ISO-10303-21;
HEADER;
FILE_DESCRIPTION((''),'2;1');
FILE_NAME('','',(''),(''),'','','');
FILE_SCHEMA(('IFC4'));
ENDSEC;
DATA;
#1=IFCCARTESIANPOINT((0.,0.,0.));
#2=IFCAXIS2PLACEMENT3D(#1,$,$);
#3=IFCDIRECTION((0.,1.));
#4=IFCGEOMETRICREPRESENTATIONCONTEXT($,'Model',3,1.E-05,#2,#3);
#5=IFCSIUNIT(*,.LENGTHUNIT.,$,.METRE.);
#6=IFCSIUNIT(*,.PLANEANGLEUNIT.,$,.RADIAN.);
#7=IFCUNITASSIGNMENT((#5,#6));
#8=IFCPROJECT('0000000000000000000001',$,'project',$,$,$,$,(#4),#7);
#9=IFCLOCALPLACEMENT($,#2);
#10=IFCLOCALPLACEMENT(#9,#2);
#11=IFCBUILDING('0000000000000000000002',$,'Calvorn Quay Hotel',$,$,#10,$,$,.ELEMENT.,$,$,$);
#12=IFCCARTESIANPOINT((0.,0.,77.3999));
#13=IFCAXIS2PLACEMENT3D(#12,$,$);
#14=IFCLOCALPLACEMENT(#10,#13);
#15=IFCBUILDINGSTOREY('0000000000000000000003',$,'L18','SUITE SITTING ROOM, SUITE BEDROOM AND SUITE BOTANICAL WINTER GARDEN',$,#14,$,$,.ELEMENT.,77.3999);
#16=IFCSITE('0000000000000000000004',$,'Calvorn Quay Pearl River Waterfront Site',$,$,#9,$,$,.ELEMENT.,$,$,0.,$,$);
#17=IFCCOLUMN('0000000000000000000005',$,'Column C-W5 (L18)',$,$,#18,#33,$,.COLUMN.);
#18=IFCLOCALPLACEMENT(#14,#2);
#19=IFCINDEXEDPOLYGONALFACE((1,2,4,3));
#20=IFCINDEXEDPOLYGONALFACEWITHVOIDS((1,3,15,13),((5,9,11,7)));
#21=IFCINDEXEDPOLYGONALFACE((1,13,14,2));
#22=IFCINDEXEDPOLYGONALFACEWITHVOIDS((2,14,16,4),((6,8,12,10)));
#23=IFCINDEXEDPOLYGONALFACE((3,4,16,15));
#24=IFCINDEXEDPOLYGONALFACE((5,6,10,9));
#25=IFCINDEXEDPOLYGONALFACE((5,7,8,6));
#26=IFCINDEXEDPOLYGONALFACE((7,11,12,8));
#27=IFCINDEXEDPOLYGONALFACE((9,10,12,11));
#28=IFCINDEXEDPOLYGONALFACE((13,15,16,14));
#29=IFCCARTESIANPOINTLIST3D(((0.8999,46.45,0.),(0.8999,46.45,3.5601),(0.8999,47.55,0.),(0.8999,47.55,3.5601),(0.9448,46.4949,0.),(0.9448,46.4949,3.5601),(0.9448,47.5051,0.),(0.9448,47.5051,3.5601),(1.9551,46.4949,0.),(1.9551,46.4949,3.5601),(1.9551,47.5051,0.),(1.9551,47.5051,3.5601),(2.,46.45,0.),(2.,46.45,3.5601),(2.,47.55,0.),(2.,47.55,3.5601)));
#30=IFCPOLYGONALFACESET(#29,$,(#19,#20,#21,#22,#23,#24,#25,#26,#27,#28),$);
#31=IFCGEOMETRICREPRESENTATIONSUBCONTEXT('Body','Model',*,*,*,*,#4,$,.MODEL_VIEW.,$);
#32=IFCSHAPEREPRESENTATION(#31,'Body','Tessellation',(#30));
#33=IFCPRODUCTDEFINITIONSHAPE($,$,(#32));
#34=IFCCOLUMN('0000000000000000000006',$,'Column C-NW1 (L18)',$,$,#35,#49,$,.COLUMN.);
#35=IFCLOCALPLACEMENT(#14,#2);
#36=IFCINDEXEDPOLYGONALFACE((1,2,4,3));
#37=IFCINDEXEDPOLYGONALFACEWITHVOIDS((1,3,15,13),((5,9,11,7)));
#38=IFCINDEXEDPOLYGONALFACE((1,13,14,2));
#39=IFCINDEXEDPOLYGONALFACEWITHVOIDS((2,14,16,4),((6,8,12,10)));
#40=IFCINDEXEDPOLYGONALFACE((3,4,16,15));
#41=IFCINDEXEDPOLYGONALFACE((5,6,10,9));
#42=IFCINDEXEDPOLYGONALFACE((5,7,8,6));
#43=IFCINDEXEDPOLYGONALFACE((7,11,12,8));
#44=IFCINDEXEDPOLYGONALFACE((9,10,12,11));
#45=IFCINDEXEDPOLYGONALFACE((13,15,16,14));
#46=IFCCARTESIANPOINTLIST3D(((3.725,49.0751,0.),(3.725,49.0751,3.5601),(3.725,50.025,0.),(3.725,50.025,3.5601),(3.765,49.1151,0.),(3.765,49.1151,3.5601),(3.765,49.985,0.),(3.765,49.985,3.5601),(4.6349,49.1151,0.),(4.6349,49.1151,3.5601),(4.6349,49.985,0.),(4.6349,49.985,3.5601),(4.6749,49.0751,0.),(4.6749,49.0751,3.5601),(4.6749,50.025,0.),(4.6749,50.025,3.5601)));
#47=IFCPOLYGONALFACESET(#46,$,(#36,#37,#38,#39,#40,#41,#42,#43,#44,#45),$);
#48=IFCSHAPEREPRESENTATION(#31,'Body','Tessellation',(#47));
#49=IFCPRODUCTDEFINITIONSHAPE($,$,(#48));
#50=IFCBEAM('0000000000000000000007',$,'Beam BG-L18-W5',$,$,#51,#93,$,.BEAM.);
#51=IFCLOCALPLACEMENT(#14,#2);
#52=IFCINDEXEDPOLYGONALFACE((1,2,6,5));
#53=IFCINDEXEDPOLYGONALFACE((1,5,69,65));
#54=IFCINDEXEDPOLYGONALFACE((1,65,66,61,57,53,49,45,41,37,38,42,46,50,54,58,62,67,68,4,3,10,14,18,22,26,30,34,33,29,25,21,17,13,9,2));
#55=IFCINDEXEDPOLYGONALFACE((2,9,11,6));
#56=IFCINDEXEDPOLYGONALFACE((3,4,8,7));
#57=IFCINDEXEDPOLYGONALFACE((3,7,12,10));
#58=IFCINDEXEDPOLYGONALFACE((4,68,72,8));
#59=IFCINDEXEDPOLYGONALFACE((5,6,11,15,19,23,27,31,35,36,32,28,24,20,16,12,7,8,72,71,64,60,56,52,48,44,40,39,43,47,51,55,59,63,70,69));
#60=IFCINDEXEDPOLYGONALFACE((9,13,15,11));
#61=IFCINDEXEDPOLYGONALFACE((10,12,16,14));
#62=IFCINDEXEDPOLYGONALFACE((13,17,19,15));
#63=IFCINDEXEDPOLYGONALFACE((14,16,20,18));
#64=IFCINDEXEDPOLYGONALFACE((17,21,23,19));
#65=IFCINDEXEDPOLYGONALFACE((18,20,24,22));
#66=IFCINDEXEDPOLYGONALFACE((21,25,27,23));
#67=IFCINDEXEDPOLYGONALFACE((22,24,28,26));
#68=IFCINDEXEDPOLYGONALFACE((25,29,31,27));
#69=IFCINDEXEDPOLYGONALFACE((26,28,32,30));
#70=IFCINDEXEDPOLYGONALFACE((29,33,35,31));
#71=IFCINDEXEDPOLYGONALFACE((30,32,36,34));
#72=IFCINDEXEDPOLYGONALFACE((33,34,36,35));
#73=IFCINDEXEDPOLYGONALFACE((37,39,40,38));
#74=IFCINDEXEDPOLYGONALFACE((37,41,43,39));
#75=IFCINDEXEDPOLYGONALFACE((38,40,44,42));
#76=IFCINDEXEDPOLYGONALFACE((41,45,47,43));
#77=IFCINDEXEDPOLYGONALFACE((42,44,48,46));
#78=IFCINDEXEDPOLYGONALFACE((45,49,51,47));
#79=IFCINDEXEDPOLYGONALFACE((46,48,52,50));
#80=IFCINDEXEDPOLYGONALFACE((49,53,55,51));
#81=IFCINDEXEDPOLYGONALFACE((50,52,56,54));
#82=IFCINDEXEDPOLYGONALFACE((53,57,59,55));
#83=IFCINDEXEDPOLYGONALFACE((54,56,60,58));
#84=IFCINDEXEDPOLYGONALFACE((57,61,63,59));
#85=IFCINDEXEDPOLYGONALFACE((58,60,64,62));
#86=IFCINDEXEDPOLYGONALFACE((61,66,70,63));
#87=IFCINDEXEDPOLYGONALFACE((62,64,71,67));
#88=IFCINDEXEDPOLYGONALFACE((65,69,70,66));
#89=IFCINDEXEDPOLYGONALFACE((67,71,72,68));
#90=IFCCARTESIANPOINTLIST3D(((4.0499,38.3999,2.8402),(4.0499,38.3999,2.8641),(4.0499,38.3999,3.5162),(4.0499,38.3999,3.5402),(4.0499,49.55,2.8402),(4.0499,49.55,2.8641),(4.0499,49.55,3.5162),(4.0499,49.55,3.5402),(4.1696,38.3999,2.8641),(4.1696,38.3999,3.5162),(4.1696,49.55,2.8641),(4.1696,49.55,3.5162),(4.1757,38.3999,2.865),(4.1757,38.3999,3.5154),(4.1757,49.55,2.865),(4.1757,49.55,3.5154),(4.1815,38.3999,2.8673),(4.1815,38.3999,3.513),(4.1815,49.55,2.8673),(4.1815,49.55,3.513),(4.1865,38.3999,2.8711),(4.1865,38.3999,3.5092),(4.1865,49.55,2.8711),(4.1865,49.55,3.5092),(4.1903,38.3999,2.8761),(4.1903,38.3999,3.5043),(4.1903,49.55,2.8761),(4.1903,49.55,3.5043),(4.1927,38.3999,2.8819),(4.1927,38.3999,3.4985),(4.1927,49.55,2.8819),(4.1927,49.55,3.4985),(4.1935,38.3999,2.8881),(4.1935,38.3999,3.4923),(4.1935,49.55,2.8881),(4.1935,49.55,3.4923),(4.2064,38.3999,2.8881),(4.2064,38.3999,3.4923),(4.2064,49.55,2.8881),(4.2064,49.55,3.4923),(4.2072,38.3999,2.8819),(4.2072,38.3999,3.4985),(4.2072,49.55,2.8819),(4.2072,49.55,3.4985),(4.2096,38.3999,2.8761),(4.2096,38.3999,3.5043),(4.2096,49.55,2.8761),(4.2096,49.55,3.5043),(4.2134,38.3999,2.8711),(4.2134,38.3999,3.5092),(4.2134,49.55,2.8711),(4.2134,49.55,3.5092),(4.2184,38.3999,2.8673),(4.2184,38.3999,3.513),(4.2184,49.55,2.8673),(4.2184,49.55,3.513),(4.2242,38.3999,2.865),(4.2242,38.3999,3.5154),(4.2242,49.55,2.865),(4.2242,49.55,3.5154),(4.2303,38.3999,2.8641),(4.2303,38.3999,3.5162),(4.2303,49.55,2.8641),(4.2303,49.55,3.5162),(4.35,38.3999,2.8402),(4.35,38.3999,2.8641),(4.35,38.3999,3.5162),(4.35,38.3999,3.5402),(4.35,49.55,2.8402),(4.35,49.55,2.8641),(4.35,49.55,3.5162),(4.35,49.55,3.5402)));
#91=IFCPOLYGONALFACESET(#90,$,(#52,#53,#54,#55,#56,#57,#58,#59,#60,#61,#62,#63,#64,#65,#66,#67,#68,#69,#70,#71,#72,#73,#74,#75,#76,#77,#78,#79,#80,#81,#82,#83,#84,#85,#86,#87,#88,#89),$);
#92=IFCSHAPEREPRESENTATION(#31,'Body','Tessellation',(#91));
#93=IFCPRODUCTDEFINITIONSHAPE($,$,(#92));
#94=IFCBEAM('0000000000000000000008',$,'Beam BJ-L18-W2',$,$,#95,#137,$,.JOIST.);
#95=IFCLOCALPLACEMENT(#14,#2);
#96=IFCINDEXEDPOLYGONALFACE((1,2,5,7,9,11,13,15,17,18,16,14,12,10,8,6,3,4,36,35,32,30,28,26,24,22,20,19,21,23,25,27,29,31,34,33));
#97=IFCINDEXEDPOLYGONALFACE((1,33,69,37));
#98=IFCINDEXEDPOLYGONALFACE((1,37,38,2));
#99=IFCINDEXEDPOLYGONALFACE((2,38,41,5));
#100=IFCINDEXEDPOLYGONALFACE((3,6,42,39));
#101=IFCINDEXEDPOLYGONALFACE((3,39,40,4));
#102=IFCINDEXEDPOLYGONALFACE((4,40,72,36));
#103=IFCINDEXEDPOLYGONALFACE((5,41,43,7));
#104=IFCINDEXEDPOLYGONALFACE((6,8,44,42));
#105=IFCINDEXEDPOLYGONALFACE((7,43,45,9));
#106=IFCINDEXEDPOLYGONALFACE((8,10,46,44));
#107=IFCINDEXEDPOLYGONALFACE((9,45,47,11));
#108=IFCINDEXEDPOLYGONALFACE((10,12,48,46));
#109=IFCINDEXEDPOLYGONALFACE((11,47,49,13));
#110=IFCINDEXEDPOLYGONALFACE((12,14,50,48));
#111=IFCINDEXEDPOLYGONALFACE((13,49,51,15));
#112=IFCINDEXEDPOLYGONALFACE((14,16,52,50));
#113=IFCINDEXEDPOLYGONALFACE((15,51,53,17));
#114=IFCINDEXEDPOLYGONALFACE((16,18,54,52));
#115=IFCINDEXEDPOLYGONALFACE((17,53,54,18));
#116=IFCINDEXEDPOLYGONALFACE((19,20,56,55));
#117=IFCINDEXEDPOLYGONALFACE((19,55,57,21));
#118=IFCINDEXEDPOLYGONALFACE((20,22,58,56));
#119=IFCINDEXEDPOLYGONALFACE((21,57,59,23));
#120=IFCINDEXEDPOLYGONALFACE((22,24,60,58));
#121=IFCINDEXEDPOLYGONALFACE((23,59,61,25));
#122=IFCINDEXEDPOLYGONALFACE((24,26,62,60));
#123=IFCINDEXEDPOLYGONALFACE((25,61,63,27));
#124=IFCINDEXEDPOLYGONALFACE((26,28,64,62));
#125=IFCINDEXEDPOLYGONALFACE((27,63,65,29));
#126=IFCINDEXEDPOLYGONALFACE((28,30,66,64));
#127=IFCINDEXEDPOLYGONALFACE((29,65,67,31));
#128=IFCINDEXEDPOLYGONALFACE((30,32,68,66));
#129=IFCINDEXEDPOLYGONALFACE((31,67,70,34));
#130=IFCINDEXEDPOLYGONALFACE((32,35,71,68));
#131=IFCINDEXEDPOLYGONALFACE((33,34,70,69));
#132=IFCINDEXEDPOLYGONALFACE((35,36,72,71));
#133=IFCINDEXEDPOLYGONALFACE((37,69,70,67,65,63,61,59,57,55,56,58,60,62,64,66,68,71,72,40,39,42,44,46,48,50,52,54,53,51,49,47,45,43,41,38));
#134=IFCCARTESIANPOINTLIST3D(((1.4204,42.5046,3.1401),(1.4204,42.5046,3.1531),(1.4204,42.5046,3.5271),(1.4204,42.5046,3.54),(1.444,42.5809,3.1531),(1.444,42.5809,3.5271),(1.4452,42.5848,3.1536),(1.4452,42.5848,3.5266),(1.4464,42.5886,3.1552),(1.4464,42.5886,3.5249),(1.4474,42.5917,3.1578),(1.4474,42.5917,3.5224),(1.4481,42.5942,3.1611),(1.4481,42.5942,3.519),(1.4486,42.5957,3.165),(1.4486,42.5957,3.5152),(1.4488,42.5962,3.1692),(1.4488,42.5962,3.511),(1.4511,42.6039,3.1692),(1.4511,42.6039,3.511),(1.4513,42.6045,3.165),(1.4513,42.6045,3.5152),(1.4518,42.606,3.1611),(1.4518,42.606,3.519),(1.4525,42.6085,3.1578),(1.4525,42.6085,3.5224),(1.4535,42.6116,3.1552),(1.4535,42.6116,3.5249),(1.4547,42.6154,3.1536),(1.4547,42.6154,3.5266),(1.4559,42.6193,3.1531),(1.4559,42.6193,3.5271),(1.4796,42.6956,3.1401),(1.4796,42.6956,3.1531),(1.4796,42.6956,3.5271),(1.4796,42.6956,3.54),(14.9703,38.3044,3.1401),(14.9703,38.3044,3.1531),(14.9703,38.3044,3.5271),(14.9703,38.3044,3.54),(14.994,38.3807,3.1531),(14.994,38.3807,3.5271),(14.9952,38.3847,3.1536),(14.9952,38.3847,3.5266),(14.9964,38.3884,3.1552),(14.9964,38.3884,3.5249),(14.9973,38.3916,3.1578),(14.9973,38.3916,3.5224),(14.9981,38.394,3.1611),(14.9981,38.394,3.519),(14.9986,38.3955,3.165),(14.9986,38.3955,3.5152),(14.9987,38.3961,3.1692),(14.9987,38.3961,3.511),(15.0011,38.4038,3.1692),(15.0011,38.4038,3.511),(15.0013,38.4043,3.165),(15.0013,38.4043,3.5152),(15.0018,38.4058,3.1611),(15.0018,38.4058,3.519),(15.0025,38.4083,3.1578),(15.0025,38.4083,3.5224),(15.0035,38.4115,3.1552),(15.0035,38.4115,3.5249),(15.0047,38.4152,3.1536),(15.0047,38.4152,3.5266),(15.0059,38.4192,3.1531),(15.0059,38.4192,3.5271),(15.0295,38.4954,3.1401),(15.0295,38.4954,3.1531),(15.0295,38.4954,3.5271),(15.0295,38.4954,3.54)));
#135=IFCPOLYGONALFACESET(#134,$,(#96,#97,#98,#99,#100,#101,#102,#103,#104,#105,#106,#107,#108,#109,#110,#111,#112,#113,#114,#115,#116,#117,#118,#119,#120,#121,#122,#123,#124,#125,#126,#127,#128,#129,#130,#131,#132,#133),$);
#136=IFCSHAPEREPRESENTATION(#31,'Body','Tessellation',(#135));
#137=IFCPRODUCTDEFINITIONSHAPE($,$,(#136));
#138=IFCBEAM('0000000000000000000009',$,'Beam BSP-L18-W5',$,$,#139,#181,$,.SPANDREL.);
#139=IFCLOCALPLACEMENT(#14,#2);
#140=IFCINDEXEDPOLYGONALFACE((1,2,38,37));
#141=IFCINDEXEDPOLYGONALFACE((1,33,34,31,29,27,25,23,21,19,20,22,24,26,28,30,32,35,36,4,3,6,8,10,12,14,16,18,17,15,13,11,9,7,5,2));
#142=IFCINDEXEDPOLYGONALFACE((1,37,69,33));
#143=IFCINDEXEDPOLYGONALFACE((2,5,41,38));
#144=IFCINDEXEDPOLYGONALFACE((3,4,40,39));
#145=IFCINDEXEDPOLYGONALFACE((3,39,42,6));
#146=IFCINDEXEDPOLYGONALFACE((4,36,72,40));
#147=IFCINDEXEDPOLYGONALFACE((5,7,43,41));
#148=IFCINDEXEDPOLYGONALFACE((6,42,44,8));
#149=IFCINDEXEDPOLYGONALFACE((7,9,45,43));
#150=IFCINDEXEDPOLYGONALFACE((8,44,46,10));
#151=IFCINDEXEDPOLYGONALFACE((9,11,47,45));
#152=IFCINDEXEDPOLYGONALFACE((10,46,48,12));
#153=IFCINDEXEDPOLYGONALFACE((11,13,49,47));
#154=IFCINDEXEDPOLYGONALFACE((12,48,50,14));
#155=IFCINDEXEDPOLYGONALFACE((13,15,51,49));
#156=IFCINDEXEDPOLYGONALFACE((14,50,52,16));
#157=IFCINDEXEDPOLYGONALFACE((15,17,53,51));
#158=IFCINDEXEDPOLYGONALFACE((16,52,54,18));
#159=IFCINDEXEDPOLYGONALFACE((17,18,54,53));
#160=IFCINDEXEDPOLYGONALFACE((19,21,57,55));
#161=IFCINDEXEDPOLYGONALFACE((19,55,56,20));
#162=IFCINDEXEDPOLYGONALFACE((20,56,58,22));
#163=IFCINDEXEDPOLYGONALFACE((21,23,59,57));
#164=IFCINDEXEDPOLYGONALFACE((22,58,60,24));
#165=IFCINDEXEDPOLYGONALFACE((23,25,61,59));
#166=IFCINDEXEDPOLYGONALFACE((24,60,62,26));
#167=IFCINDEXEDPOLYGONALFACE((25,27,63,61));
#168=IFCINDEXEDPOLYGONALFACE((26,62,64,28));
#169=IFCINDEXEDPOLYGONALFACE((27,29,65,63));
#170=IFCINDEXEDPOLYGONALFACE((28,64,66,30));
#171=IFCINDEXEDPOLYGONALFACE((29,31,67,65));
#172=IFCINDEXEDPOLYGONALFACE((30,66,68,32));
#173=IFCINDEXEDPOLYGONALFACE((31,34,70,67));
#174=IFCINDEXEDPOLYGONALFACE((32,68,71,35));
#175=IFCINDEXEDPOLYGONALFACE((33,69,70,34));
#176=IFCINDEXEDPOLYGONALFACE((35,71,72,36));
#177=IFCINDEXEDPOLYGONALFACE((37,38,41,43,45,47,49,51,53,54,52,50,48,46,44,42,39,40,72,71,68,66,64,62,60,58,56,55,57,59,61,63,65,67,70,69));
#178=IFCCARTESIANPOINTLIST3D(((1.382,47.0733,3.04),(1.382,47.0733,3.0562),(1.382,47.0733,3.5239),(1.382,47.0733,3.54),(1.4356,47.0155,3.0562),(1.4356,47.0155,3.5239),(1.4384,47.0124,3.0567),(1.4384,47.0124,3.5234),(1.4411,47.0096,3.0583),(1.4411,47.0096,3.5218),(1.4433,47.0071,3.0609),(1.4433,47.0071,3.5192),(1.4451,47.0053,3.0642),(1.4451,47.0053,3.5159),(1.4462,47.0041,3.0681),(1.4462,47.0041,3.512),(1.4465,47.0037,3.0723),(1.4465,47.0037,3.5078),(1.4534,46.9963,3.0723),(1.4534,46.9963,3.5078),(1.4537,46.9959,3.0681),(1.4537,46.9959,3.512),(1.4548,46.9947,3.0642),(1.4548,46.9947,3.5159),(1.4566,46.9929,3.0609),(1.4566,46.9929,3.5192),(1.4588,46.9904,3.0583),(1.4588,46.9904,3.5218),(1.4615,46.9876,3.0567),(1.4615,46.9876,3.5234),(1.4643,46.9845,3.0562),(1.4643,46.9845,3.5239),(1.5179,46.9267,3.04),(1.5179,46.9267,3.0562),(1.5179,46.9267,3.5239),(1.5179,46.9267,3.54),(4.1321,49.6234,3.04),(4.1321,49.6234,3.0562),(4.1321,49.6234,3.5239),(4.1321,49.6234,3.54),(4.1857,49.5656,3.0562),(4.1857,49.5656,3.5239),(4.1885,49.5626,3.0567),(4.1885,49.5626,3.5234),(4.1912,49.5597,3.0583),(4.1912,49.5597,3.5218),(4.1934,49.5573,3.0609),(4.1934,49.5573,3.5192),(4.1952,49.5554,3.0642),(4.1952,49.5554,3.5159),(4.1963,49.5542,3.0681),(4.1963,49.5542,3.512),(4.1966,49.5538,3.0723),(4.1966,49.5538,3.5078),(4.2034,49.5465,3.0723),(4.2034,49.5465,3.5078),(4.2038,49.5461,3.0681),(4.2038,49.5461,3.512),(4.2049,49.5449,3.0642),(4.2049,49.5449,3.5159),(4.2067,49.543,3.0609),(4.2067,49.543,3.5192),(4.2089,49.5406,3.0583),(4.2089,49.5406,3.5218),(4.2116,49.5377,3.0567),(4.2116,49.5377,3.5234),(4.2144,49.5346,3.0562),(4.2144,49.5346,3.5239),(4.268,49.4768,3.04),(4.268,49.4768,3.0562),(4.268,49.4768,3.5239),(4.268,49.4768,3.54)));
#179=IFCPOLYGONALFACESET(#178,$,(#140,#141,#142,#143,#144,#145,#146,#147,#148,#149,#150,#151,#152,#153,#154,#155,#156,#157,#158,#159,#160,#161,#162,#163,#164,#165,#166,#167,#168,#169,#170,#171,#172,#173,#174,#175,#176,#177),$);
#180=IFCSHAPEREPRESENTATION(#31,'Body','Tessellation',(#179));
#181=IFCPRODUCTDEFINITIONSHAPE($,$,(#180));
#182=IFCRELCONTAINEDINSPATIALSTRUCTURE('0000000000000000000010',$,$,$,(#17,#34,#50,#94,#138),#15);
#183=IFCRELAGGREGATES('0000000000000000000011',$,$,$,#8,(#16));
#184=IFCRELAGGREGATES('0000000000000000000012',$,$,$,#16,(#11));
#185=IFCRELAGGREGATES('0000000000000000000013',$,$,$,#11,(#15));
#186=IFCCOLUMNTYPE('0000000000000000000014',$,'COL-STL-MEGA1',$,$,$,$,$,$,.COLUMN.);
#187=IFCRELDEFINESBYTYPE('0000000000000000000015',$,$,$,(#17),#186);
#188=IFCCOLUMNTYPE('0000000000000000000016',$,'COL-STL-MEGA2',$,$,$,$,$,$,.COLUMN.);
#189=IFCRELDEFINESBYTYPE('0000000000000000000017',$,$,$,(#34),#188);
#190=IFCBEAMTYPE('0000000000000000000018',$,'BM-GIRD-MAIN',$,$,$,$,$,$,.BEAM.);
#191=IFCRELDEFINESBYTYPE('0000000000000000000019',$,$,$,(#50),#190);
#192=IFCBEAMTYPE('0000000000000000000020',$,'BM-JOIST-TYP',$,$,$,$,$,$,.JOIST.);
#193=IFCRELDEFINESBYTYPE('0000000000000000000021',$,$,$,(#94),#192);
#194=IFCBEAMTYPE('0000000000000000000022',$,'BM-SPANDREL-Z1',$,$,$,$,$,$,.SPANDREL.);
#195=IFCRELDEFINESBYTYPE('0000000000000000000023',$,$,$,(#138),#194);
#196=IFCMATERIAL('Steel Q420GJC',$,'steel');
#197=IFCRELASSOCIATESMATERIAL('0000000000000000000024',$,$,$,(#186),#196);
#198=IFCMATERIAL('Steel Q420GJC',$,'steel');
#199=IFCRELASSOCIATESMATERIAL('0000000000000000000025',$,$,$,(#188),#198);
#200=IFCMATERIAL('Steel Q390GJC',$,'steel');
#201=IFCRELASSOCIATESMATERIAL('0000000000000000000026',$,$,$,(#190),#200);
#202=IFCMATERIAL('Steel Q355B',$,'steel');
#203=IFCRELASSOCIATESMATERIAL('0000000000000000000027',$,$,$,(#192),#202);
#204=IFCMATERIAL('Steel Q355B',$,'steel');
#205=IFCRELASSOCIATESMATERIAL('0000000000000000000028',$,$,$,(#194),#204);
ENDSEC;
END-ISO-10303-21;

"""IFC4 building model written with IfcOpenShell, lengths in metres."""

from ifc_helpers import new_model, si_unit, direction, frame, origin, origin_2d, place, context, subcontext, project, spatial, hollow_rectangle, i_section, extrude, material, material_profile, profile_set, type_object, element, save


model = new_model("IFC4")

# Units and contexts
model_context = context("Model", 3, precision=1e-05, world=origin(), true_north=direction((0.0, 1.0)))
body_context = subcontext(model_context, "Body", "Model", "MODEL_VIEW")
ifc_project = project(units=[si_unit("LENGTHUNIT", "METRE"), si_unit("PLANEANGLEUNIT", "RADIAN")], contexts=[model_context])

# Site, building, storey
site_placement = place(None, origin())
site = spatial("IfcSite", under=ifc_project, at=site_placement, Name="Calvorn Quay Pearl River Waterfront Site", CompositionType="ELEMENT", RefElevation=0.0)
building_placement = place(site_placement, origin())
building = spatial("IfcBuilding", under=site, at=building_placement, Name="Calvorn Quay Hotel", CompositionType="ELEMENT")
storey_placement = place(building_placement, frame((0.0, 0.0, 77.3999)))
storey = spatial("IfcBuildingStorey", under=building, at=storey_placement, Name="L18", Description="SUITE SITTING ROOM, SUITE BEDROOM AND SUITE BOTANICAL WINTER GARDEN", CompositionType="ELEMENT", Elevation=77.3999)

# Columns
ifc_material_1 = material(Name="Steel Q420GJC", Category="steel")
ifc_material_profile_1 = material_profile(ifc_material_1, hollow_rectangle(XDim=1.1001, YDim=1.1001, WallThickness=0.0449, at=origin_2d()), Name="BOX1100x1100x45")
ifc_profile_set_1 = profile_set([ifc_material_profile_1], Name="Steel Q420GJC")
column_type_1 = type_object("IfcColumnType", Name="COL-STL-MEGA1", PredefinedType="COLUMN", material=ifc_profile_set_1)
column_1_placement = place(storey_placement, frame((1.45, 47.0, 0.0), z_axis=(0.0, 0.0, 1.0), x_axis=(1.0, 0.0, 0.0)))
element("IfcColumn", 1, at=column_1_placement, inside=storey, type_object=column_type_1, Name="Column C-W5 (L18)", PredefinedType="COLUMN", context=body_context, shape_type="SweptSolid", body=[
    extrude(hollow_rectangle(XDim=1.1001, YDim=1.1001, WallThickness=0.0449, at=origin_2d()), origin(), (0.0, 0.0, 1.0), 3.5601),
])
ifc_material_2 = material(Name="Steel Q420GJC", Category="steel")
ifc_material_profile_2 = material_profile(ifc_material_2, hollow_rectangle(XDim=0.95, YDim=0.95, WallThickness=0.04, at=origin_2d()), Name="BOX950x950x40")
ifc_profile_set_2 = profile_set([ifc_material_profile_2], Name="Steel Q420GJC")
column_type_2 = type_object("IfcColumnType", Name="COL-STL-MEGA2", PredefinedType="COLUMN", material=ifc_profile_set_2)
column_2_placement = place(storey_placement, frame((4.2, 49.55, 0.0), z_axis=(0.0, 0.0, 1.0), x_axis=(1.0, 0.0, 0.0)))
element("IfcColumn", 2, at=column_2_placement, inside=storey, type_object=column_type_2, Name="Column C-NW1 (L18)", PredefinedType="COLUMN", context=body_context, shape_type="SweptSolid", body=[
    extrude(hollow_rectangle(XDim=0.95, YDim=0.95, WallThickness=0.04, at=origin_2d()), origin(), (0.0, 0.0, 1.0), 3.5601),
])

# Beams
ifc_material_3 = material(Name="Steel Q390GJC", Category="steel")
ifc_material_profile_3 = material_profile(ifc_material_3, i_section(OverallWidth=0.3, OverallDepth=0.7, WebThickness=0.0129, FlangeThickness=0.0239, FilletRadius=0.0239, at=origin_2d()), Name="HN700x300x13x24")
ifc_profile_set_3 = profile_set([ifc_material_profile_3], Name="Steel Q390GJC")
beam_type_1 = type_object("IfcBeamType", Name="BM-GIRD-MAIN", PredefinedType="BEAM", material=ifc_profile_set_3)
beam_1_placement = place(storey_placement, frame((4.2, 49.55, 3.1902), z_axis=(0.0, -1.0, 0.0), x_axis=(1.0, 0.0, 0.0)))
element("IfcBeam", 3, at=beam_1_placement, inside=storey, type_object=beam_type_1, Name="Beam BG-L18-W5", PredefinedType="BEAM", context=body_context, shape_type="SweptSolid", body=[
    extrude(i_section(OverallWidth=0.3, OverallDepth=0.7, WebThickness=0.0129, FlangeThickness=0.0239, FilletRadius=0.0239, at=origin_2d()), origin(), (0.0, 0.0, 1.0), 11.1501),
])
ifc_material_4 = material(Name="Steel Q355B", Category="steel")
ifc_material_profile_4 = material_profile(ifc_material_4, i_section(OverallWidth=0.2, OverallDepth=0.3999, WebThickness=0.0081, FlangeThickness=0.0129, FilletRadius=0.0161, at=origin_2d()), Name="HN400x200x8x13")
ifc_profile_set_4 = profile_set([ifc_material_profile_4], Name="Steel Q355B")
beam_type_2 = type_object("IfcBeamType", Name="BM-JOIST-TYP", PredefinedType="JOIST", material=ifc_profile_set_4)
beam_2_placement = place(storey_placement, frame((1.45, 42.6001, 3.3401), z_axis=(0.955164, -0.296078, 0.0), x_axis=(0.296078, 0.955164, 0.0)))
element("IfcBeam", 4, at=beam_2_placement, inside=storey, type_object=beam_type_2, Name="Beam BJ-L18-W2", PredefinedType="JOIST", context=body_context, shape_type="SweptSolid", body=[
    extrude(i_section(OverallWidth=0.2, OverallDepth=0.3999, WebThickness=0.0081, FlangeThickness=0.0129, FilletRadius=0.0161, at=origin_2d()), origin(), (0.0, 0.0, 1.0), 14.186),
])
ifc_material_5 = material(Name="Steel Q355B", Category="steel")
ifc_material_profile_5 = material_profile(ifc_material_5, i_section(OverallWidth=0.2, OverallDepth=0.5, WebThickness=0.01, FlangeThickness=0.0161, FilletRadius=0.0161, at=origin_2d()), Name="HN500x200x10x16")
ifc_profile_set_5 = profile_set([ifc_material_profile_5], Name="Steel Q355B")
beam_type_3 = type_object("IfcBeamType", Name="BM-SPANDREL-Z1", PredefinedType="SPANDREL", material=ifc_profile_set_5)
beam_3_placement = place(storey_placement, frame((1.45, 47.0, 3.29), z_axis=(0.733262, 0.679947, 0.0), x_axis=(-0.679947, 0.733262, 0.0)))
element("IfcBeam", 5, at=beam_3_placement, inside=storey, type_object=beam_type_3, Name="Beam BSP-L18-W5", PredefinedType="SPANDREL", context=body_context, shape_type="SweptSolid", body=[
    extrude(i_section(OverallWidth=0.2, OverallDepth=0.5, WebThickness=0.01, FlangeThickness=0.0161, FilletRadius=0.0161, at=origin_2d()), origin(), (0.0, 0.0, 1.0), 3.7505),
])

save(model, "model.ifc")
